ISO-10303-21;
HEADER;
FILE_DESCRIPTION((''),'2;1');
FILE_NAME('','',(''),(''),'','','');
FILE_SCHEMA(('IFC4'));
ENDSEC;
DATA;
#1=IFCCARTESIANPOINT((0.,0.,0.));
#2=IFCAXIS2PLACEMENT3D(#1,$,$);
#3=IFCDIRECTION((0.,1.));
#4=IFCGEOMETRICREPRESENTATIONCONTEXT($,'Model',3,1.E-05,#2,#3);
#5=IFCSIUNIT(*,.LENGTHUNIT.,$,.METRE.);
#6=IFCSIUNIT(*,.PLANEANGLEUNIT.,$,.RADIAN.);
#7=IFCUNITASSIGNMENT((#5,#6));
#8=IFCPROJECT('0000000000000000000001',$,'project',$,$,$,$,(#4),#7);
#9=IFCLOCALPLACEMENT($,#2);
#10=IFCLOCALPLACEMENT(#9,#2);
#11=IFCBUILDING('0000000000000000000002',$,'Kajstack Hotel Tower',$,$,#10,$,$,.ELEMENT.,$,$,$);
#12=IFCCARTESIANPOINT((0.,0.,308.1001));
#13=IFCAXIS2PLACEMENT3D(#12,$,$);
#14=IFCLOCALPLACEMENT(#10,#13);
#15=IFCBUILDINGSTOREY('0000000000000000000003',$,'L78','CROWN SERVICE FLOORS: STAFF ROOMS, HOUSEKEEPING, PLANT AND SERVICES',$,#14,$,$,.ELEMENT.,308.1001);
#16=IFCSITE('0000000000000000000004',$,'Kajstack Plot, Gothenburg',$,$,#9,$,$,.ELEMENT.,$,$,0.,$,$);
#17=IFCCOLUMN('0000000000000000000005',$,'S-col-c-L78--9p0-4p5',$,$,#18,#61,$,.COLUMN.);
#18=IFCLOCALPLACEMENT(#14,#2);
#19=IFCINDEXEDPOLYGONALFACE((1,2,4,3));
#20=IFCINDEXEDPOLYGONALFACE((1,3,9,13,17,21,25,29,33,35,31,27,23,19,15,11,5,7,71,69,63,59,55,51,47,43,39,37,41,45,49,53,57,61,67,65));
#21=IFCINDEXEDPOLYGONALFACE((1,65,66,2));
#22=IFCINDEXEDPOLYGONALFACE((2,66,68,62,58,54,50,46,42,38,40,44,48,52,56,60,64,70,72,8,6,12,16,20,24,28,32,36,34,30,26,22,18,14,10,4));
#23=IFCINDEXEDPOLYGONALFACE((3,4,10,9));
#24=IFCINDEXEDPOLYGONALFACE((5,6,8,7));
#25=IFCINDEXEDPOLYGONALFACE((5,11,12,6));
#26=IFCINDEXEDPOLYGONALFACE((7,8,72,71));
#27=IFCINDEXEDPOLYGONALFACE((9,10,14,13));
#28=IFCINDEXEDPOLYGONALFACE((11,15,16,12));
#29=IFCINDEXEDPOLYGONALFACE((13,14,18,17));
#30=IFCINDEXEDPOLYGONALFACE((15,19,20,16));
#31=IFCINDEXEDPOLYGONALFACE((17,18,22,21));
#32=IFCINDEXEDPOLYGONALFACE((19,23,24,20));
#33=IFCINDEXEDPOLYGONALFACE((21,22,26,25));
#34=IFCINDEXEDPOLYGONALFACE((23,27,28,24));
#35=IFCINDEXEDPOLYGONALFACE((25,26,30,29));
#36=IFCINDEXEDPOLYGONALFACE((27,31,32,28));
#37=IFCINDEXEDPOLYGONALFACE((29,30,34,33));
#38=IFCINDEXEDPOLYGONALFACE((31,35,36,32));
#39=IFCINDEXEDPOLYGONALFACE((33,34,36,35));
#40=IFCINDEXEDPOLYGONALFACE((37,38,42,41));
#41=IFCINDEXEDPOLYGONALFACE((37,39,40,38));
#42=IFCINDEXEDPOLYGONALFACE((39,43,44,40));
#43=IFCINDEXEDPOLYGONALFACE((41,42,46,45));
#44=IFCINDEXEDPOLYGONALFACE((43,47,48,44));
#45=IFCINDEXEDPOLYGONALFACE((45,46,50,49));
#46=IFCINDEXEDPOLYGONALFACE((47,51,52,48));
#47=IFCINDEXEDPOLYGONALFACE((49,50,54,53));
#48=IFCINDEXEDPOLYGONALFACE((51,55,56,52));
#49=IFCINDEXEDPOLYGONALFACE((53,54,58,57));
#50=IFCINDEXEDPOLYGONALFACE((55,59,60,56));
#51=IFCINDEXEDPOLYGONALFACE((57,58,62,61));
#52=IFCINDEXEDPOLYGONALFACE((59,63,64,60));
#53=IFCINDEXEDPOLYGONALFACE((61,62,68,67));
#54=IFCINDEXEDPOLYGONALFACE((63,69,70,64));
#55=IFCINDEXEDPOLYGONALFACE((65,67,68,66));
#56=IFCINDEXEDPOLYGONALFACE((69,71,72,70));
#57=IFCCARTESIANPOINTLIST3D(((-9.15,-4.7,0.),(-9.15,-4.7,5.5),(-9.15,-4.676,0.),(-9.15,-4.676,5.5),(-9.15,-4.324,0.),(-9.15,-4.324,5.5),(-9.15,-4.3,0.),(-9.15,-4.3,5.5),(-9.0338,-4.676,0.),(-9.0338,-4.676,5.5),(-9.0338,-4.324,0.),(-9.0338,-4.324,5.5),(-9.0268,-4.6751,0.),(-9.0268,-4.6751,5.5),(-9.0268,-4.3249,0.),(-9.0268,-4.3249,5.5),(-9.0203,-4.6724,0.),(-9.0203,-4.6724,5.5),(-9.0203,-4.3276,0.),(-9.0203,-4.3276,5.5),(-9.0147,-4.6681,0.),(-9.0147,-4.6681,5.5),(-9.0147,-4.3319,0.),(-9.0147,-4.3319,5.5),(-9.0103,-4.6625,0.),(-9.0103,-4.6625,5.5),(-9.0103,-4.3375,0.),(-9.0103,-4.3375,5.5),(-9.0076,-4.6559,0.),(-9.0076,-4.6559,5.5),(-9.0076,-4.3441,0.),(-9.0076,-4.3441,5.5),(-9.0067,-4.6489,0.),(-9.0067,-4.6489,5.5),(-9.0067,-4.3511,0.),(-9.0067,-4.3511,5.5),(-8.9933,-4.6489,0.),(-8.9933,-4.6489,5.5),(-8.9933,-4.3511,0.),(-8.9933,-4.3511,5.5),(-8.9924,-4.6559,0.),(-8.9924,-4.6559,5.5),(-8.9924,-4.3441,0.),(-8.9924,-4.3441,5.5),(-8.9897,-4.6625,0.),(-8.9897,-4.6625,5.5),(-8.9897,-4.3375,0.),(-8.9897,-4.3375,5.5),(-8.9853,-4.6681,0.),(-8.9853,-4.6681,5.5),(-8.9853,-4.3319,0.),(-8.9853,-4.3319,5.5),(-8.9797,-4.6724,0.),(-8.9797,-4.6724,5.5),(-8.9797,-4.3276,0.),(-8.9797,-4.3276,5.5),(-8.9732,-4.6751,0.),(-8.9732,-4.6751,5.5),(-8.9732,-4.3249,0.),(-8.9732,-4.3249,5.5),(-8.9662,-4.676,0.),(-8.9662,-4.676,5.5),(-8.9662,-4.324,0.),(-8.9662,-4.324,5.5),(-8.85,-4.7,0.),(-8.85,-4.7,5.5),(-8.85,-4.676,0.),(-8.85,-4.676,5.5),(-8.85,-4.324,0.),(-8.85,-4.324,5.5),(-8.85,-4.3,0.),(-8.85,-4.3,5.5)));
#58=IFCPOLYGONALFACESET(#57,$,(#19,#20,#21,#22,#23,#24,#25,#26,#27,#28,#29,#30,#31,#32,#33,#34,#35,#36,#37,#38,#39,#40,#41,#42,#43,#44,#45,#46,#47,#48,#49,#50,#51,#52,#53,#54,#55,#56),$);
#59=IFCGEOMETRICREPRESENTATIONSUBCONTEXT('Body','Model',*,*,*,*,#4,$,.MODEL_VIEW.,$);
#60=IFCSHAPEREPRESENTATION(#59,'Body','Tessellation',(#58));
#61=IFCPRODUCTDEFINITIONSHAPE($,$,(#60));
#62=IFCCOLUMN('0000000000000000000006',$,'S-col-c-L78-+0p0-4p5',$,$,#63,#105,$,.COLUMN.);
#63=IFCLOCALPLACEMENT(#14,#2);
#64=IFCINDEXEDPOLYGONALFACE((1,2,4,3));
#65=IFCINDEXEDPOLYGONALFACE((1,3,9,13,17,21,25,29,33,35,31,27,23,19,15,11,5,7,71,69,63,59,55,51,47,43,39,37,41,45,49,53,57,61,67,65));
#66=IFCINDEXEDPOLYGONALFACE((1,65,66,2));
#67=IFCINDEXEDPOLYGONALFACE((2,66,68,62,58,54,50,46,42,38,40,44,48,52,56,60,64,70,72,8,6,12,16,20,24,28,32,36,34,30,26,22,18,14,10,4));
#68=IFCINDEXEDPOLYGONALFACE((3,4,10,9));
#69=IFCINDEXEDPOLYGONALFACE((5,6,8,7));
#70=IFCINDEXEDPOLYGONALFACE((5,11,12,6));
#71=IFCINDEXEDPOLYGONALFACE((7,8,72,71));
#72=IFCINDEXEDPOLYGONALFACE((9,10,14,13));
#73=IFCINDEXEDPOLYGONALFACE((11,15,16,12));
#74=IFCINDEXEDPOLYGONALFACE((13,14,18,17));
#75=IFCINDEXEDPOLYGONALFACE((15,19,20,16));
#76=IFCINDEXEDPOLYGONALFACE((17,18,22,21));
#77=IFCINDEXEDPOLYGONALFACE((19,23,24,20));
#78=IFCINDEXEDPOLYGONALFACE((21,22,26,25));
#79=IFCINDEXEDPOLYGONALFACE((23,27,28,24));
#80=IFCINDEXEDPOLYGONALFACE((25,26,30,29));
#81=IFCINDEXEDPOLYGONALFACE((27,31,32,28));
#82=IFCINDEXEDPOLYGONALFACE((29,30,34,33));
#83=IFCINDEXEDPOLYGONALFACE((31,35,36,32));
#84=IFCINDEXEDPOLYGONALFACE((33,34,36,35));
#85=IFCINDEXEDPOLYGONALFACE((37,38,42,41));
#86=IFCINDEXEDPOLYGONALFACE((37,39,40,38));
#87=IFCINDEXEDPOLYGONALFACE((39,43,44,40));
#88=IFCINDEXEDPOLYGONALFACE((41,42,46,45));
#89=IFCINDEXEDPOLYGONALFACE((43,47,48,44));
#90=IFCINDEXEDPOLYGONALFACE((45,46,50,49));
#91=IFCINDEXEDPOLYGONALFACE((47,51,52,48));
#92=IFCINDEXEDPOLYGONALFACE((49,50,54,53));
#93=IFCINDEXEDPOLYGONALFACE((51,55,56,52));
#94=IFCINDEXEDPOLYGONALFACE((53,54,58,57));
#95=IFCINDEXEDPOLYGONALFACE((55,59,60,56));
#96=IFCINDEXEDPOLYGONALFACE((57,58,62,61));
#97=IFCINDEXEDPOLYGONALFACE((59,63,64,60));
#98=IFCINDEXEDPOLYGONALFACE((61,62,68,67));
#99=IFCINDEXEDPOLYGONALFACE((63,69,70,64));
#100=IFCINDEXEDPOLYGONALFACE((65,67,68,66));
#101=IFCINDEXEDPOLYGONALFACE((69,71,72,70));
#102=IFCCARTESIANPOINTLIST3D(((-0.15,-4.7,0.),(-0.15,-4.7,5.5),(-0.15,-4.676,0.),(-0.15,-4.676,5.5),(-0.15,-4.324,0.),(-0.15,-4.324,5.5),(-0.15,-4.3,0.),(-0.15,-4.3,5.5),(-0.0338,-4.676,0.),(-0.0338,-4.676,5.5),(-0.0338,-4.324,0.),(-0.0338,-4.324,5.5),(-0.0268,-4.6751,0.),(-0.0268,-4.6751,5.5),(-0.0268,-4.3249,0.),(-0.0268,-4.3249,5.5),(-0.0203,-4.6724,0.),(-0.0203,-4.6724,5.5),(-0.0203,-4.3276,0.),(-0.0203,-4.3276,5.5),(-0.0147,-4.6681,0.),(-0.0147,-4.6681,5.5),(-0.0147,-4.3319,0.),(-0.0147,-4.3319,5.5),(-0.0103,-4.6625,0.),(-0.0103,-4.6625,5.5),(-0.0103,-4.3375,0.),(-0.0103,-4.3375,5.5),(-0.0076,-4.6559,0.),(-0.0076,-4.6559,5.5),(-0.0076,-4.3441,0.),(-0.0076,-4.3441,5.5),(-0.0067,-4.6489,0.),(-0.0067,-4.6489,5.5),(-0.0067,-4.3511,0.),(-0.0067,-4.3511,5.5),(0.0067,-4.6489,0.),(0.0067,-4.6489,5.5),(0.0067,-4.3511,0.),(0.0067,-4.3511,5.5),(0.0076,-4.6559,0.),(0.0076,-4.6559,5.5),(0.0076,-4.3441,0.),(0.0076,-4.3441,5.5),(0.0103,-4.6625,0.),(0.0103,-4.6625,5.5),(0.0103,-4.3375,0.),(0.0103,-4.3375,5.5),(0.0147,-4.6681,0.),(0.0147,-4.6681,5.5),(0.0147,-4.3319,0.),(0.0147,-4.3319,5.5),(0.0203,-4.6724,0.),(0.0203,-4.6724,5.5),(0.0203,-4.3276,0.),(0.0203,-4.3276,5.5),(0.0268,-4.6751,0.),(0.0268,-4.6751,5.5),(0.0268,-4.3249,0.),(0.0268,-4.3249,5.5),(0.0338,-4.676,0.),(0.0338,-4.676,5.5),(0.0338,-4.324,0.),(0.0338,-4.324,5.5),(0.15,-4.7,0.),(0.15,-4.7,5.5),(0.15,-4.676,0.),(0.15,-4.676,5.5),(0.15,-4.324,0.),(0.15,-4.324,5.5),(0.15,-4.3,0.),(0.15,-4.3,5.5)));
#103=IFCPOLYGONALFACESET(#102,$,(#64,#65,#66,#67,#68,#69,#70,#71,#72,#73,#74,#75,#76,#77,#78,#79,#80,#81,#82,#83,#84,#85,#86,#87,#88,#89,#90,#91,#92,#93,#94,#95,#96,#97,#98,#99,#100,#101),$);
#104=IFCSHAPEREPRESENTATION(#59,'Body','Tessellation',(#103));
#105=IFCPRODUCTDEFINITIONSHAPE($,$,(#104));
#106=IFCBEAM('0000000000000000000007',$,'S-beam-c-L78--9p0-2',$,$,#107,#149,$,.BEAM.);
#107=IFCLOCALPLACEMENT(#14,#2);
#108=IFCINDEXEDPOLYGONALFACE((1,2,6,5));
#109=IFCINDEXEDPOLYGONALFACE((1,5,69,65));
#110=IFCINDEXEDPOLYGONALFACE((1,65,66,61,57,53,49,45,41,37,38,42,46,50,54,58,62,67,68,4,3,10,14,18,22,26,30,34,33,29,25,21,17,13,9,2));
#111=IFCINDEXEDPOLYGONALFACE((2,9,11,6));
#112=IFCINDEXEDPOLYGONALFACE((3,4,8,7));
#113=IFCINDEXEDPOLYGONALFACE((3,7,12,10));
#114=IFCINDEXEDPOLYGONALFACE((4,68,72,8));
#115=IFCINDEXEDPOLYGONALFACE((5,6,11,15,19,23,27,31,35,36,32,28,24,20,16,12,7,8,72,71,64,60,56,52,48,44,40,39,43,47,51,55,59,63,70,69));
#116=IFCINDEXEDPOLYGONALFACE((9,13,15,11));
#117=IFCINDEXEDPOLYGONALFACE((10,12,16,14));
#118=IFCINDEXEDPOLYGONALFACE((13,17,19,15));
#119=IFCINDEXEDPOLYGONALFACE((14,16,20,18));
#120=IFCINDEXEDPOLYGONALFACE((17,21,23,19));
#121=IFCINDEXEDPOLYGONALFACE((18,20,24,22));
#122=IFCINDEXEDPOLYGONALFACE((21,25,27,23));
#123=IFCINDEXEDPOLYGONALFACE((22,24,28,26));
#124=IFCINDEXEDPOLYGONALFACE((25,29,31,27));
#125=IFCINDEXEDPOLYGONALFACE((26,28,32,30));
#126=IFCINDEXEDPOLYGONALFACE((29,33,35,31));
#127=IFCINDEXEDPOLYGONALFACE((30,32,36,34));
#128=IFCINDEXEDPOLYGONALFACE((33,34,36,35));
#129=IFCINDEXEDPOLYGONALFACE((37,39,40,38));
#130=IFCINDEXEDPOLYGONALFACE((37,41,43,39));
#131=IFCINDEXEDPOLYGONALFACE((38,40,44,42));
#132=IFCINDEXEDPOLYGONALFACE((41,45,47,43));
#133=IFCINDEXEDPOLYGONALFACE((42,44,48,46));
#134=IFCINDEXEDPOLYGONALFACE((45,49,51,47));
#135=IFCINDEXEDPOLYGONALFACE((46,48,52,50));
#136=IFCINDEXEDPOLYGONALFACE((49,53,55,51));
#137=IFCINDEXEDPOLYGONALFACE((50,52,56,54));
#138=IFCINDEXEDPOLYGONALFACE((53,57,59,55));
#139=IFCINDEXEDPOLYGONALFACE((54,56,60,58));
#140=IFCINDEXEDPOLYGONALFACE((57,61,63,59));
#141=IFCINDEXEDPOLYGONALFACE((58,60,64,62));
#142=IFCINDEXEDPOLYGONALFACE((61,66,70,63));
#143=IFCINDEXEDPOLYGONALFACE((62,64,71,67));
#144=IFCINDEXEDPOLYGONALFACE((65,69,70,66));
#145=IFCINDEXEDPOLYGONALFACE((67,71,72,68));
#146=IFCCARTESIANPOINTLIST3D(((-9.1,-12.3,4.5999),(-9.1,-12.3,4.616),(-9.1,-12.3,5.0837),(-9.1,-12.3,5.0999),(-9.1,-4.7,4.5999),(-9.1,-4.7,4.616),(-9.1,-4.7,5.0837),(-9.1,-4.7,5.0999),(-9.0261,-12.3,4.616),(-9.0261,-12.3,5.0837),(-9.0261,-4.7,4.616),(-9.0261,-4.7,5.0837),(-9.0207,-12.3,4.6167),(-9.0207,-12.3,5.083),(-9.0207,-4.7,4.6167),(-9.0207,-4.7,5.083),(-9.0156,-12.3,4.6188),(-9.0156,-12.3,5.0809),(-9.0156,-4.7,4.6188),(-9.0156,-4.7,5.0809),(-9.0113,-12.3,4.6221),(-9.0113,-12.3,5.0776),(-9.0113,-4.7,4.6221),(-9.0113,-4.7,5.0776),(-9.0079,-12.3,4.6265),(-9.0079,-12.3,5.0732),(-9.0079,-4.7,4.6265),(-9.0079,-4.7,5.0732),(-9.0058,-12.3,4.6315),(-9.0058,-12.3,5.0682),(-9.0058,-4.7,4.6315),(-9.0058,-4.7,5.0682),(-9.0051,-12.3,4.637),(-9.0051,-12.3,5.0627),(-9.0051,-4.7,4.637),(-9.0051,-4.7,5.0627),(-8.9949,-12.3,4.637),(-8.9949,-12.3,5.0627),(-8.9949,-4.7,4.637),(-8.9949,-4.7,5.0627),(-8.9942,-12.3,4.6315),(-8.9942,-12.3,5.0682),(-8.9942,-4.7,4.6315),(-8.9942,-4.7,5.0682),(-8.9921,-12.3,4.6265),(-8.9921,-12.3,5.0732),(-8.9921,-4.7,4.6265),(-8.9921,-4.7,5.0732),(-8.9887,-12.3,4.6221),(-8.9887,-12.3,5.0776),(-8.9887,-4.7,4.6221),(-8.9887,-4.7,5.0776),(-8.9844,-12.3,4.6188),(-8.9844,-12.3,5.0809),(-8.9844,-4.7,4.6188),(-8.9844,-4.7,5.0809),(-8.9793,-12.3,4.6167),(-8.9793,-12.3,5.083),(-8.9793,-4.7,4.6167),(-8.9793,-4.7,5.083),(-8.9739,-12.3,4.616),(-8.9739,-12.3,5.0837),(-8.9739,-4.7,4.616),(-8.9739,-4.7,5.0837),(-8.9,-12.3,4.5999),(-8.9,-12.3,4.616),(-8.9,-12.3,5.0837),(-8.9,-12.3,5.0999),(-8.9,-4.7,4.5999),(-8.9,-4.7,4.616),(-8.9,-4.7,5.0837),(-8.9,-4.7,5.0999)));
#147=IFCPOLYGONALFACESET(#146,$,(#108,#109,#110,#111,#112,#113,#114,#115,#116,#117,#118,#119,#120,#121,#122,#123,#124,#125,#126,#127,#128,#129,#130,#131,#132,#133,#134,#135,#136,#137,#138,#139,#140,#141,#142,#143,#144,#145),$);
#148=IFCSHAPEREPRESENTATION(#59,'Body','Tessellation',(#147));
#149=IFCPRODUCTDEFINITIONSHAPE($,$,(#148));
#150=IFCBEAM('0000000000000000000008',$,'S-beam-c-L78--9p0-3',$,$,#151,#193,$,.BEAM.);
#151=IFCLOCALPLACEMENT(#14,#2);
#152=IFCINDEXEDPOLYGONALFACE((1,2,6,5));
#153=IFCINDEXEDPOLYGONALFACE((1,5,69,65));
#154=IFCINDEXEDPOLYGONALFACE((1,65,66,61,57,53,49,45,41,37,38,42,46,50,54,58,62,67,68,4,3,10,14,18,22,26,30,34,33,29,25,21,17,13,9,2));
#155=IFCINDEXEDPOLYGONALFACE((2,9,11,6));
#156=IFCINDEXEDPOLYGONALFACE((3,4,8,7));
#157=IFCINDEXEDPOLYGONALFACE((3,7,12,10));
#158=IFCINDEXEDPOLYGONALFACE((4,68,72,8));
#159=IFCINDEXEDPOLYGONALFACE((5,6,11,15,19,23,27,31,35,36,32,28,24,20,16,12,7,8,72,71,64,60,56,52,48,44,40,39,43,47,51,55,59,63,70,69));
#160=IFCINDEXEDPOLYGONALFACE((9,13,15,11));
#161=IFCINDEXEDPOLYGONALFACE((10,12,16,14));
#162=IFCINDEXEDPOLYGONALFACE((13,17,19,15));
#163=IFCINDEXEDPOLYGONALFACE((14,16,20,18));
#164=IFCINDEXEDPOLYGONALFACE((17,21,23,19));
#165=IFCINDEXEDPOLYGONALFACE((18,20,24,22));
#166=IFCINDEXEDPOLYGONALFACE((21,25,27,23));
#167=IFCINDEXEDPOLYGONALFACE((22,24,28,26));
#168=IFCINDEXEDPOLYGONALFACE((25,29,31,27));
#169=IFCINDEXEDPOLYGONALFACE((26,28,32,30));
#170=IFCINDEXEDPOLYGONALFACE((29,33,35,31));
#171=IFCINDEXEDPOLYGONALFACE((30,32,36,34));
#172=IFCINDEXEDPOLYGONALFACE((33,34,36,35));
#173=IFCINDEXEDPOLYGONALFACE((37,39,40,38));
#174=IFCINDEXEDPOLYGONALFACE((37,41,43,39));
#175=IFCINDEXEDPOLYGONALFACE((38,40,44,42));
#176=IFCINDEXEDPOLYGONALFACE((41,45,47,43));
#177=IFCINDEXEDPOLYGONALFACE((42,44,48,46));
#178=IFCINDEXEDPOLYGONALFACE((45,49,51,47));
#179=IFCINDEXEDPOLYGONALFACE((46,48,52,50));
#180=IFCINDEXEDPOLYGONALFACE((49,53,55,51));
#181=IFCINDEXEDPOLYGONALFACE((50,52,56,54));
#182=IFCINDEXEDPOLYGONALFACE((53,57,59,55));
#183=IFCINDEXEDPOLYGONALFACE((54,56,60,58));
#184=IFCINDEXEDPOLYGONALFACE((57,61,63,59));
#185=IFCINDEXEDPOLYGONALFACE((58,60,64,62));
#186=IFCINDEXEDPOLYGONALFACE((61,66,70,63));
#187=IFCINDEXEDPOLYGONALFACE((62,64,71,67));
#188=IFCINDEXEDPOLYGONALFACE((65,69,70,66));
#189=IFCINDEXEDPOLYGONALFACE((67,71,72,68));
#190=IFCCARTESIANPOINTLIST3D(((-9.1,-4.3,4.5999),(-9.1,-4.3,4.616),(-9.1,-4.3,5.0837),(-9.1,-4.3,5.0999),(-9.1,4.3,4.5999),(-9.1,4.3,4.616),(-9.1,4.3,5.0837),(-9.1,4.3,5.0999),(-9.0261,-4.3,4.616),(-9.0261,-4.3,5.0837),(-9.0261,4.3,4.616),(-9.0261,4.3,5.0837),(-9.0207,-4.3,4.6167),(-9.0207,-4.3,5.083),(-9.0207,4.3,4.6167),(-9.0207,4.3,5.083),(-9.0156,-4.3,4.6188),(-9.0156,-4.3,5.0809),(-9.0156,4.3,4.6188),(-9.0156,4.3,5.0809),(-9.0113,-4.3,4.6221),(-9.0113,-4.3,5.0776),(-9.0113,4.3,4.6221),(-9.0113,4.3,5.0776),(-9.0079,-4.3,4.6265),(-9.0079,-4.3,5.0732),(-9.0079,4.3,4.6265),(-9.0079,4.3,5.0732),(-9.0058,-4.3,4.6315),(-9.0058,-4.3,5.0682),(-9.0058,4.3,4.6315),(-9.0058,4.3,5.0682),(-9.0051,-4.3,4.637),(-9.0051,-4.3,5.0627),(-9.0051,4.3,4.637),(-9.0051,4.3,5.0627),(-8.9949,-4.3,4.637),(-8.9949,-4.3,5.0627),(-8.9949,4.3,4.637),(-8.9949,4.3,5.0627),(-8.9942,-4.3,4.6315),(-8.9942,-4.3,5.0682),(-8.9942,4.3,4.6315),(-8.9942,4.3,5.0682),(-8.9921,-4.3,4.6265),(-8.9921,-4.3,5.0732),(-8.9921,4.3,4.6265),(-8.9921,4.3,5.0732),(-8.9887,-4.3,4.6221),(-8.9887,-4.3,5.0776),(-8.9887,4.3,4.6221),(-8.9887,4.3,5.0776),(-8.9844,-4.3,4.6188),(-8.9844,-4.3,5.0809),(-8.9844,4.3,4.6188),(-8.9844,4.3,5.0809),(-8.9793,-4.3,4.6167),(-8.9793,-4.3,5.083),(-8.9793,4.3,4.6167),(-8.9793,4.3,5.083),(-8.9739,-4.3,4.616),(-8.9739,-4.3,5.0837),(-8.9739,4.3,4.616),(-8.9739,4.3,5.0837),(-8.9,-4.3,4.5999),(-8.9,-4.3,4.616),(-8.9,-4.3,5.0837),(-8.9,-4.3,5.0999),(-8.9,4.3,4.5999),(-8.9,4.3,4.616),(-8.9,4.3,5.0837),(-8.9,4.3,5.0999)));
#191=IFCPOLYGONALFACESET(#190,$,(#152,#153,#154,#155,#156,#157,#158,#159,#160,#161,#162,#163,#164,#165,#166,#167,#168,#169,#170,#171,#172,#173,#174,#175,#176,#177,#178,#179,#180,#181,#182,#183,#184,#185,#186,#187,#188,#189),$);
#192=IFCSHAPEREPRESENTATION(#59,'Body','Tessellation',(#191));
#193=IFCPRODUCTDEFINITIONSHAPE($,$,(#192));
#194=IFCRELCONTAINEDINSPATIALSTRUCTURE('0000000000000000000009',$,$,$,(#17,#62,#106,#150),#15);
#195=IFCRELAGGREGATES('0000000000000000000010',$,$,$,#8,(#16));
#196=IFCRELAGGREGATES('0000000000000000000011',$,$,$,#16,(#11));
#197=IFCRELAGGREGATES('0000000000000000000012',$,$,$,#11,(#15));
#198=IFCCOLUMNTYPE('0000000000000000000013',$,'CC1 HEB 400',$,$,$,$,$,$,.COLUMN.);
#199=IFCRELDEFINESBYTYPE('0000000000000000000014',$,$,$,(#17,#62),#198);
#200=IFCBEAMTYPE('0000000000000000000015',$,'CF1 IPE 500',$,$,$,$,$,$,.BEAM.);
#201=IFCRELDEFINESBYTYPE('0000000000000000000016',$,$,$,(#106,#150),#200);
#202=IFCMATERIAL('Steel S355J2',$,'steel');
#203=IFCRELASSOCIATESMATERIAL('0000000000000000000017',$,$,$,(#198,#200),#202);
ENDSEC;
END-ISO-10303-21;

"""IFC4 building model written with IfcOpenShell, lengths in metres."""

from ifc_helpers import new_model, si_unit, direction, frame, origin, origin_2d, place, context, subcontext, project, spatial, i_section, extrude, material, material_profile, profile_set, type_object, element, save


model = new_model("IFC4")

# Units and contexts
model_context = context("Model", 3, precision=1e-05, world=origin(), true_north=direction((0.0, 1.0)))
body_context = subcontext(model_context, "Body", "Model", "MODEL_VIEW")
ifc_project = project(units=[si_unit("LENGTHUNIT", "METRE"), si_unit("PLANEANGLEUNIT", "RADIAN")], contexts=[model_context])

# Site, building, storey
site_placement = place(None, origin())
site = spatial("IfcSite", under=ifc_project, at=site_placement, Name="Kajstack Plot, Gothenburg", CompositionType="ELEMENT", RefElevation=0.0)
building_placement = place(site_placement, origin())
building = spatial("IfcBuilding", under=site, at=building_placement, Name="Kajstack Hotel Tower", CompositionType="ELEMENT")
storey_placement = place(building_placement, frame((0.0, 0.0, 308.1001)))
storey = spatial("IfcBuildingStorey", under=building, at=storey_placement, Name="L78", Description="CROWN SERVICE FLOORS: STAFF ROOMS, HOUSEKEEPING, PLANT AND SERVICES", CompositionType="ELEMENT", Elevation=308.1001)

# Columns
ifc_material_1 = material(Name="Steel S355J2", Category="steel")
ifc_material_profile_1 = material_profile(ifc_material_1, i_section(OverallWidth=0.3, OverallDepth=0.3999, WebThickness=0.0134, FlangeThickness=0.0239, FilletRadius=0.0271, at=origin_2d()), Name="HEB 400")
ifc_profile_set_1 = profile_set([ifc_material_profile_1], Name="Steel S355J2")
column_type = type_object("IfcColumnType", Name="CC1 HEB 400", PredefinedType="COLUMN", material=ifc_profile_set_1)
for number, where, z_axis, x_axis, name in (
    (1, (-9.0, -4.5, 0.0), (0.0, 0.0, 1.0), (1.0, 0.0, 0.0), "S-col-c-L78--9p0-4p5"),
    (2, (0.0, -4.5, 0.0), (0.0, 0.0, 1.0), (1.0, 0.0, 0.0), "S-col-c-L78-+0p0-4p5"),
):
    element("IfcColumn", number, at=place(storey_placement, frame(where, z_axis=z_axis, x_axis=x_axis)), inside=storey, type_object=column_type, Name=name, PredefinedType="COLUMN", context=body_context, shape_type="SweptSolid", body=[
        extrude(i_section(OverallWidth=0.3, OverallDepth=0.3999, WebThickness=0.0134, FlangeThickness=0.0239, FilletRadius=0.0271, at=origin_2d()), origin(), (0.0, 0.0, 1.0), 5.5),
    ])

# Beams
ifc_material_profile_2 = material_profile(ifc_material_1, i_section(OverallWidth=0.2, OverallDepth=0.5, WebThickness=0.0103, FlangeThickness=0.0161, FilletRadius=0.021, at=origin_2d()), Name="IPE 500")
ifc_profile_set_2 = profile_set([ifc_material_profile_2], Name="Steel S355J2")
beam_type = type_object("IfcBeamType", Name="CF1 IPE 500", PredefinedType="BEAM", material=ifc_profile_set_2)
beam_1_placement = place(storey_placement, frame((-9.0, -12.3, 4.8499), z_axis=(0.0, 1.0, 0.0), x_axis=(-1.0, 0.0, 0.0)))
element("IfcBeam", 3, at=beam_1_placement, inside=storey, type_object=beam_type, Name="S-beam-c-L78--9p0-2", PredefinedType="BEAM", context=body_context, shape_type="SweptSolid", body=[
    extrude(i_section(OverallWidth=0.2, OverallDepth=0.5, WebThickness=0.0103, FlangeThickness=0.0161, FilletRadius=0.021, at=origin_2d()), origin(), (0.0, 0.0, 1.0), 7.6001),
])
beam_2_placement = place(storey_placement, frame((-9.0, -4.3, 4.8499), z_axis=(0.0, 1.0, 0.0), x_axis=(-1.0, 0.0, 0.0)))
element("IfcBeam", 4, at=beam_2_placement, inside=storey, type_object=beam_type, Name="S-beam-c-L78--9p0-3", PredefinedType="BEAM", context=body_context, shape_type="SweptSolid", body=[
    extrude(i_section(OverallWidth=0.2, OverallDepth=0.5, WebThickness=0.0103, FlangeThickness=0.0161, FilletRadius=0.021, at=origin_2d()), origin(), (0.0, 0.0, 1.0), 8.6001),
])

save(model, "model.ifc")
